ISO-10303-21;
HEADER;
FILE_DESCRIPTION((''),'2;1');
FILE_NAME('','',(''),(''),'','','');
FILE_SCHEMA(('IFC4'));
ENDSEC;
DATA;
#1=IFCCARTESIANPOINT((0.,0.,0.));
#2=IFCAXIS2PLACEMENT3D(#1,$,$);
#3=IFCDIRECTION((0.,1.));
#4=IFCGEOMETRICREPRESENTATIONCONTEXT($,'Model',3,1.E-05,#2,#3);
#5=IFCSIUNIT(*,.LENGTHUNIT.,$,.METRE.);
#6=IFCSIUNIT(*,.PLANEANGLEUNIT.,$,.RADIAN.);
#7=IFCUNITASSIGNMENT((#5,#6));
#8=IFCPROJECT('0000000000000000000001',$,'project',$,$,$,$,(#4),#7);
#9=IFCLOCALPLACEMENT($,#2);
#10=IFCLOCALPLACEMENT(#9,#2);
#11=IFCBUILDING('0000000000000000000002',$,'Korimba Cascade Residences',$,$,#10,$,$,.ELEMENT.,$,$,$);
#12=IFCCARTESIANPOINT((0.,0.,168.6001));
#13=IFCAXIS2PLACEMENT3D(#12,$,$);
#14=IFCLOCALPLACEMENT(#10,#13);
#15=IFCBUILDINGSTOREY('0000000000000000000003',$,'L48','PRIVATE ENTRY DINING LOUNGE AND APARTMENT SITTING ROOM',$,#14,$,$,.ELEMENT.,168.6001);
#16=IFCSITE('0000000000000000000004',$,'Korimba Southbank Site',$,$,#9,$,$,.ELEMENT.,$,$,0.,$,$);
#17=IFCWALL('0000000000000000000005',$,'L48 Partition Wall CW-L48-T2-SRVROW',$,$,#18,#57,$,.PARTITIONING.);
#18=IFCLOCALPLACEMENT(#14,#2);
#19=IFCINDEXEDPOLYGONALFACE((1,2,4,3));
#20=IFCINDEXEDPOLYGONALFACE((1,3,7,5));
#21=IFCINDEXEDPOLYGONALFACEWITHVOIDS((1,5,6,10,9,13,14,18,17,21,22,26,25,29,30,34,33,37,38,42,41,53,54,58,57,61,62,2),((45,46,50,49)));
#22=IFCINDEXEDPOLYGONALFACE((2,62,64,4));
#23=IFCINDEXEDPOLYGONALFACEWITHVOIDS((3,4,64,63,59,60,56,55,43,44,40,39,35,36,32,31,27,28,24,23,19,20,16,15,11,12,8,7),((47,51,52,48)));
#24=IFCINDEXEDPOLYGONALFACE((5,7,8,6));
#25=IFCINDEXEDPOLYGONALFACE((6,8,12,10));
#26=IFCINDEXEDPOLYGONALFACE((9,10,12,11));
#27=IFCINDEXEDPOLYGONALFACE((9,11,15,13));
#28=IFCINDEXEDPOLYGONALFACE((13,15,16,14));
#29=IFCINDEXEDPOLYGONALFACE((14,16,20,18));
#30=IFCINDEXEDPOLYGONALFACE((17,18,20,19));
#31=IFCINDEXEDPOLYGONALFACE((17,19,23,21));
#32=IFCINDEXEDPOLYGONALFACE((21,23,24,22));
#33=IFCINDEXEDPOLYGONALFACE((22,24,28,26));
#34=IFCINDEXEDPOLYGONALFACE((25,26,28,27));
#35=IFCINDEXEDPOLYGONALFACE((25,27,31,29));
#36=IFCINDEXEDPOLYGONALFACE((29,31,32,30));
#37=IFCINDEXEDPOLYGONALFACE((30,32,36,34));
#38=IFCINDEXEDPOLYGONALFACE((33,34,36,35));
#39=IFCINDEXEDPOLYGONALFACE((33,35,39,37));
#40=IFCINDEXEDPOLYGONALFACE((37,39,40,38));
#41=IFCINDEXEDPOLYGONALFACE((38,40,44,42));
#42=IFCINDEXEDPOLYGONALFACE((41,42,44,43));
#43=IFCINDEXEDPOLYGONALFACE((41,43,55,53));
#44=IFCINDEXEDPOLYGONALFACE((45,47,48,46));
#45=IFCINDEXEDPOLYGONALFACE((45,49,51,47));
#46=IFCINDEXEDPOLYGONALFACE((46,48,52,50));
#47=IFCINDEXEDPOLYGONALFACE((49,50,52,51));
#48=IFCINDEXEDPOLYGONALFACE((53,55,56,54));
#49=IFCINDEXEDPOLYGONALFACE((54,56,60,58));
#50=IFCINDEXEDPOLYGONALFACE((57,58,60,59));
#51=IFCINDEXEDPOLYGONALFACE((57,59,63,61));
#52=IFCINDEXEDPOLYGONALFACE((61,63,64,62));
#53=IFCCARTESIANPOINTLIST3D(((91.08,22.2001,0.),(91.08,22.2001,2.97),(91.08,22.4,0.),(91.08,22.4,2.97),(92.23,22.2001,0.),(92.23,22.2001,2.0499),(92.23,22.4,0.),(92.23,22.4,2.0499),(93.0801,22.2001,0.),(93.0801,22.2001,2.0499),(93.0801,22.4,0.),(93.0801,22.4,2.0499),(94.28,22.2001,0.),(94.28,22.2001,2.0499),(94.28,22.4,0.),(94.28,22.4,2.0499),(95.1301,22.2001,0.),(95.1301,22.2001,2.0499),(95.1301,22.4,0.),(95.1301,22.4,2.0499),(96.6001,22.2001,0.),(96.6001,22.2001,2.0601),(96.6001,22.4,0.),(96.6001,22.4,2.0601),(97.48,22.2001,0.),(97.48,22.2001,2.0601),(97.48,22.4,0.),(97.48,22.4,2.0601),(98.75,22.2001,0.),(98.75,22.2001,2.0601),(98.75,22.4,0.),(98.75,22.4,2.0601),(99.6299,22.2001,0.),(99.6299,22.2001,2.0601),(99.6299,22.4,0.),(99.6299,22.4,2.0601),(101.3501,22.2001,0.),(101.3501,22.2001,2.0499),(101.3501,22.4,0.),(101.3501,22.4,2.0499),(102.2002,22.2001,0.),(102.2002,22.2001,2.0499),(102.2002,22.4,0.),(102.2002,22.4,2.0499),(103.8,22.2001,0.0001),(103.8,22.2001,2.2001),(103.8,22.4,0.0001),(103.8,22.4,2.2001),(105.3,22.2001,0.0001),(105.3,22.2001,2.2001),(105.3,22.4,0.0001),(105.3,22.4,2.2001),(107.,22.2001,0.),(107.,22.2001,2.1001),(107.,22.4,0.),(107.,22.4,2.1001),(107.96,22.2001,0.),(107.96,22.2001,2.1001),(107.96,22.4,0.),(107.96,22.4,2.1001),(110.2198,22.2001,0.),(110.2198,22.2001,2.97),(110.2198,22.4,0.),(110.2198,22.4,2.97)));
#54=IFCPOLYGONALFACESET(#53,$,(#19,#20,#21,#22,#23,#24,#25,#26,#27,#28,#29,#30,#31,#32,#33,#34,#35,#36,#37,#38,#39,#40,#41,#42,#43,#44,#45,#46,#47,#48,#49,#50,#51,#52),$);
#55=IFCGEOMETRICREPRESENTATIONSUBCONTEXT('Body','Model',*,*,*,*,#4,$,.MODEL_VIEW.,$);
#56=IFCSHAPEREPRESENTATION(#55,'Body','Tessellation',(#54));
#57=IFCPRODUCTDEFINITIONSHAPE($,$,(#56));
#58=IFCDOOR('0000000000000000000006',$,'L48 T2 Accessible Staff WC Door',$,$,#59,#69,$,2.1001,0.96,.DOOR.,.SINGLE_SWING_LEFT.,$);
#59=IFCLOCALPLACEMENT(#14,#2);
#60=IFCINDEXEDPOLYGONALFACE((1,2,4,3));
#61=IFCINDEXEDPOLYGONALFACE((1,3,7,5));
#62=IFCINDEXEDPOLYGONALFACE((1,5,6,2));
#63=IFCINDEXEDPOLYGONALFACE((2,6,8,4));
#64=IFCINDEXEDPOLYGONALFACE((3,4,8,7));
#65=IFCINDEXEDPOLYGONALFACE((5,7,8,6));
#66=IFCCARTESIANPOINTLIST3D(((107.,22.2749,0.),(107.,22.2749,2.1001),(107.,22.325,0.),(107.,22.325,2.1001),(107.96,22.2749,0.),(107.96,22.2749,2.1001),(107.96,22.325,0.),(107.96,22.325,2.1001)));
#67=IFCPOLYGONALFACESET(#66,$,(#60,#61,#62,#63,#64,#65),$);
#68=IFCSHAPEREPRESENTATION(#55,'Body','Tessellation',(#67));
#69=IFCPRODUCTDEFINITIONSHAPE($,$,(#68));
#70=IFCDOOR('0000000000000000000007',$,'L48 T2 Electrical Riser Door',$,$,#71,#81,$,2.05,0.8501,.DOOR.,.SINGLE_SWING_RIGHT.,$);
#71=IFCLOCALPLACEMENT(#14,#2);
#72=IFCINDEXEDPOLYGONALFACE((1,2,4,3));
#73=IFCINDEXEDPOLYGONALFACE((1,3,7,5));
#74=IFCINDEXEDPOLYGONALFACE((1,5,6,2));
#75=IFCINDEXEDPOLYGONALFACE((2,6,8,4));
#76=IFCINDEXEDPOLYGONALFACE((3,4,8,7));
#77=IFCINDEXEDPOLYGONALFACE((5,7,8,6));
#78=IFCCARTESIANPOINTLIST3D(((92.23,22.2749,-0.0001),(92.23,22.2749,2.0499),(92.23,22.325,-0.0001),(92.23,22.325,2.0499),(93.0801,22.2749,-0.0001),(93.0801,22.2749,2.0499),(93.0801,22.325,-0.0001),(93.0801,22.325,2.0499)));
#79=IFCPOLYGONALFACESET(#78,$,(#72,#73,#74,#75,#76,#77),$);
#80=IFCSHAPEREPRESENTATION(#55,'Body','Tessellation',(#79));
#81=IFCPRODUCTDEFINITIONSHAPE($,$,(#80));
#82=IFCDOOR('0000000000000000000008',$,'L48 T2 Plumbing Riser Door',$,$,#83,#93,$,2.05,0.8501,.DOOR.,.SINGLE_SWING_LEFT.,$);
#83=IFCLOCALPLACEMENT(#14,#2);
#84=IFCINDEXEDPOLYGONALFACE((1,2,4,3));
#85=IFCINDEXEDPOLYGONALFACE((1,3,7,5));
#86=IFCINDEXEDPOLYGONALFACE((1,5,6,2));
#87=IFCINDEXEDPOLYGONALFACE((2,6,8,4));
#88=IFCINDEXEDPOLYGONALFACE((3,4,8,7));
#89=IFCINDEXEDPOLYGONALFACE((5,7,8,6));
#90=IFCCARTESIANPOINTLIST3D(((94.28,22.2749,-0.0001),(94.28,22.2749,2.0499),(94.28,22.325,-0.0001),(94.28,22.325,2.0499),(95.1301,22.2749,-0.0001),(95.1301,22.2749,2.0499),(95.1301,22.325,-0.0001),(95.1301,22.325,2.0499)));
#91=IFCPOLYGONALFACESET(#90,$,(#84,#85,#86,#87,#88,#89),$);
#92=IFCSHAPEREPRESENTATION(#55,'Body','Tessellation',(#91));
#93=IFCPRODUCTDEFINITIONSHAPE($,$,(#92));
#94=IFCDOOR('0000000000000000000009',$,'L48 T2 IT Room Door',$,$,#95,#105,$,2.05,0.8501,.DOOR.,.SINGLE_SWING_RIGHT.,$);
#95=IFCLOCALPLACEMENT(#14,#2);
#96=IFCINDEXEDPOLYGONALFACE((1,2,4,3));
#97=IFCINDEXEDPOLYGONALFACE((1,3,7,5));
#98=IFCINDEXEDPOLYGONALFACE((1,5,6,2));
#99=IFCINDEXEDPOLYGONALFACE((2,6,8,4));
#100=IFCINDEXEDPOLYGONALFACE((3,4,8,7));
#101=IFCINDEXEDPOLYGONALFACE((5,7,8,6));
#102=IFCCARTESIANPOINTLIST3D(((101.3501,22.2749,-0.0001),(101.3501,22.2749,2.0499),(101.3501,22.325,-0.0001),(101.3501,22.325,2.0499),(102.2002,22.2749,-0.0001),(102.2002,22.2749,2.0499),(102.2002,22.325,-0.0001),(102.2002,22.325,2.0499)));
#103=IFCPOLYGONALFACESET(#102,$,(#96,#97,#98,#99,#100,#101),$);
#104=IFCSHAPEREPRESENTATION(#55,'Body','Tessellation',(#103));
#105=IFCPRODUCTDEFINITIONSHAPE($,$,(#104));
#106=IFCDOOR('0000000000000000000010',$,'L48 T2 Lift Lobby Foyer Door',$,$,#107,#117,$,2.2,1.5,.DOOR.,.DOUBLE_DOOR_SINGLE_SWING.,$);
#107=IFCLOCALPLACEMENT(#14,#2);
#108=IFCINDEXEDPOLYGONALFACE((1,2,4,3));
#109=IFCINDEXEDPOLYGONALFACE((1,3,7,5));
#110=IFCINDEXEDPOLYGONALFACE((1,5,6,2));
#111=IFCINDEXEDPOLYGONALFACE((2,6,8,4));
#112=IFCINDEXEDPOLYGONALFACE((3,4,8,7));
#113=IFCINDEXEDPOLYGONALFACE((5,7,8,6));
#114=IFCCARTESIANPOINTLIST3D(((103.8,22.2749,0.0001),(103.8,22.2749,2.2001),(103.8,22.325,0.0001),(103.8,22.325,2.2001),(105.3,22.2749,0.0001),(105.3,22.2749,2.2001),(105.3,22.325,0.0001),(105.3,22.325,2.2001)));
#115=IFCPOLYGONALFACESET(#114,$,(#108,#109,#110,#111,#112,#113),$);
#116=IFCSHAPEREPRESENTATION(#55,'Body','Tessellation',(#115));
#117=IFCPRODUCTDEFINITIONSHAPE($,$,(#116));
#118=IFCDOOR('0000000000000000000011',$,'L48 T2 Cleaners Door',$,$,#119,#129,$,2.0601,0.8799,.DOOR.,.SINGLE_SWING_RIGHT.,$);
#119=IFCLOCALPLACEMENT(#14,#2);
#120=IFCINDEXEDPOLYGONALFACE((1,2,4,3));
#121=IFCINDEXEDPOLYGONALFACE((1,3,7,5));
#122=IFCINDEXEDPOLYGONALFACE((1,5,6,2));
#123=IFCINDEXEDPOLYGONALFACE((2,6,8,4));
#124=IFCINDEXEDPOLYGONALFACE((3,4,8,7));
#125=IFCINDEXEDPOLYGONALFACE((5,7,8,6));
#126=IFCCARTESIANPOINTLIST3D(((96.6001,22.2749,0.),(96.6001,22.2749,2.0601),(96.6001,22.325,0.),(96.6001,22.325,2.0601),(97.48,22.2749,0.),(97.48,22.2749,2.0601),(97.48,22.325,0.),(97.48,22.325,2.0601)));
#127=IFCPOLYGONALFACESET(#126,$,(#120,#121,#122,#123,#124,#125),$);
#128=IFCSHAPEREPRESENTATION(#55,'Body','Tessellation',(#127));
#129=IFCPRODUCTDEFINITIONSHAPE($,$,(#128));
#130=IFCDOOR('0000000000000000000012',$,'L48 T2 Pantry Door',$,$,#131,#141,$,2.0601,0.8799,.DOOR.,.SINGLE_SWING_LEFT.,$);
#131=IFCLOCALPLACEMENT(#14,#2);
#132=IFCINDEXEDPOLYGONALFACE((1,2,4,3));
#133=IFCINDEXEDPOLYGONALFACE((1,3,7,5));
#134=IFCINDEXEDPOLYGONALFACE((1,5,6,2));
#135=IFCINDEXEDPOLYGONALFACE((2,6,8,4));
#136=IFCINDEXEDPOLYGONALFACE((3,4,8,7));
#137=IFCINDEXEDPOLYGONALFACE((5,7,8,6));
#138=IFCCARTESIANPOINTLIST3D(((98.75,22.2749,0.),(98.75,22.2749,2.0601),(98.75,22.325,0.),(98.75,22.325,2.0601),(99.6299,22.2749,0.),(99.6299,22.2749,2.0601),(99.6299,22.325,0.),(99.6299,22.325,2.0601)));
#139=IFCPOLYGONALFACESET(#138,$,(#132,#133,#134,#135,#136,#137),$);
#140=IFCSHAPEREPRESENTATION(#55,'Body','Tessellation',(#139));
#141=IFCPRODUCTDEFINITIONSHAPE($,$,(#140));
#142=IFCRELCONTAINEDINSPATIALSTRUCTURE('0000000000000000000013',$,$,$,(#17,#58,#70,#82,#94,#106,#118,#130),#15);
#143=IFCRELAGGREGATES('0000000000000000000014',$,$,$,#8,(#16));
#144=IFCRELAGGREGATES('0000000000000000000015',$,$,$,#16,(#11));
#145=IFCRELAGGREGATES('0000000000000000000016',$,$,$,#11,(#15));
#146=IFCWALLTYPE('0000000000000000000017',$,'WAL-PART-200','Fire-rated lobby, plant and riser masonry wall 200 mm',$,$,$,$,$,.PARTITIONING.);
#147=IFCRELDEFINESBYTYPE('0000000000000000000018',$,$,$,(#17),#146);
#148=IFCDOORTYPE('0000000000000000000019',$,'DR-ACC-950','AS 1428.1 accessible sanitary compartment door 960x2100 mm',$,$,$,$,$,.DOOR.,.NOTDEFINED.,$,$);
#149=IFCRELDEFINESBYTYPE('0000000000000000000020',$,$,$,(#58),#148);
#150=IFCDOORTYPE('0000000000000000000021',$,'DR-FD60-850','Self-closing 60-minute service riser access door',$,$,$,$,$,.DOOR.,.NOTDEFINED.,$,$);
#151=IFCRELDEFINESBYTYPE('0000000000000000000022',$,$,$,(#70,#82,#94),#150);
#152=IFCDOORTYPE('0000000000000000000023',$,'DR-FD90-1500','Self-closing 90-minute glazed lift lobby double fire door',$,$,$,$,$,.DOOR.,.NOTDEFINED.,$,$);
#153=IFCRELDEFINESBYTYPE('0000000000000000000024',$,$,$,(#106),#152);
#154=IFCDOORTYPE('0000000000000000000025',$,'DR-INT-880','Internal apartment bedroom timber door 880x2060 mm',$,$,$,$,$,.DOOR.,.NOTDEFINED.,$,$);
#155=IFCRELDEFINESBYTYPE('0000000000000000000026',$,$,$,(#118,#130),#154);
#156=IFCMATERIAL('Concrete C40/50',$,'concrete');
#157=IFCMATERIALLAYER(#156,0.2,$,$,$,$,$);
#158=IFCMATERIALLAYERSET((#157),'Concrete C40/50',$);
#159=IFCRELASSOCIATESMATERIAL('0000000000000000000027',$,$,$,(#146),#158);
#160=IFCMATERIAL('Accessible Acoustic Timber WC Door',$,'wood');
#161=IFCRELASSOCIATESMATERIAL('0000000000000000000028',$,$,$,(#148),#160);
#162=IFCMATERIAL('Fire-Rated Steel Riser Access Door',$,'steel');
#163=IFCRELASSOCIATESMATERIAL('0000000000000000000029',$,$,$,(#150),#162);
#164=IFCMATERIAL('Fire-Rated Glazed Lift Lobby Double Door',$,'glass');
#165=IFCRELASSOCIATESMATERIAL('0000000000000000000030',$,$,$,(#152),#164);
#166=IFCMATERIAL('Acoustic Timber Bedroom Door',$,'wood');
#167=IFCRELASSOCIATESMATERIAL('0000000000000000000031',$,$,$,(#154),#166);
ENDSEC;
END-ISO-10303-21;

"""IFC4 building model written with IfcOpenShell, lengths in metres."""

from ifc_helpers import new_model, si_unit, direction, frame, frame_2d, origin, place, context, subcontext, project, spatial, rectangle, extrude, material, layer, layer_set, type_object, element, fill, save


model = new_model("IFC4")

# Units and contexts
model_context = context("Model", 3, precision=1e-05, world=origin(), true_north=direction((0.0, 1.0)))
body_context = subcontext(model_context, "Body", "Model", "MODEL_VIEW")
ifc_project = project(units=[si_unit("LENGTHUNIT", "METRE"), si_unit("PLANEANGLEUNIT", "RADIAN")], contexts=[model_context])

# Site, building, storey
site_placement = place(None, origin())
site = spatial("IfcSite", under=ifc_project, at=site_placement, Name="Korimba Southbank Site", CompositionType="ELEMENT", RefElevation=0.0)
building_placement = place(site_placement, origin())
building = spatial("IfcBuilding", under=site, at=building_placement, Name="Korimba Cascade Residences", CompositionType="ELEMENT")
storey_placement = place(building_placement, frame((0.0, 0.0, 168.6001)))
storey = spatial("IfcBuildingStorey", under=building, at=storey_placement, Name="L48", Description="PRIVATE ENTRY DINING LOUNGE AND APARTMENT SITTING ROOM", CompositionType="ELEMENT", Elevation=168.6001)

# Shared definitions
ifc_material_1 = material(Name="Concrete C40/50", Category="concrete")
ifc_layer_1 = layer(ifc_material_1, 0.2)
ifc_layer_set_1 = layer_set([ifc_layer_1], Name="Concrete C40/50")
wall_type_1 = type_object("IfcWallType", Name="WAL-PART-200", Description="Fire-rated lobby, plant and riser masonry wall 200 mm", PredefinedType="PARTITIONING", material=ifc_layer_set_1)

# Wall, openings, doors
wall_1_placement = place(storey_placement, frame((91.0801, 22.3, 0.0), z_axis=(0.0, 0.0, 1.0), x_axis=(1.0, 0.0, 0.0)))
wall_1 = element("IfcWall", 1, at=wall_1_placement, inside=storey, type_object=wall_type_1, Name="L48 Partition Wall CW-L48-T2-SRVROW", PredefinedType="PARTITIONING", context=body_context, shape_type="SweptSolid", body=[
    extrude(rectangle(XDim=19.1399, YDim=0.2, at=frame_2d((9.5698, 0.0))), origin(), (0.0, 0.0, 1.0), 2.97),
])
opening_1_placement = place(wall_1_placement, frame((1.1499, 0.0, 0.0)))
opening_1 = element("IfcOpeningElement", 2, at=opening_1_placement, cuts=wall_1, PredefinedType="OPENING", context=body_context, shape_type="SweptSolid", body=[
    extrude(rectangle(XDim=0.8501, YDim=2.05, at=frame_2d((0.425, 1.0249))), frame((0.0, 0.1099, 0.0), z_axis=(0.0, -1.0, 0.0), x_axis=(1.0, 0.0, 0.0)), (0.0, 0.0, 1.0), 0.22),
])
opening_2_placement = place(wall_1_placement, frame((3.2, 0.0, 0.0)))
opening_2 = element("IfcOpeningElement", 3, at=opening_2_placement, cuts=wall_1, PredefinedType="OPENING", context=body_context, shape_type="SweptSolid", body=[
    extrude(rectangle(XDim=0.8501, YDim=2.05, at=frame_2d((0.425, 1.0249))), frame((0.0, 0.1099, 0.0), z_axis=(0.0, -1.0, 0.0), x_axis=(1.0, 0.0, 0.0)), (0.0, 0.0, 1.0), 0.22),
])
opening_3_placement = place(wall_1_placement, frame((12.72, 0.0, 0.0)))
opening_3 = element("IfcOpeningElement", 4, at=opening_3_placement, cuts=wall_1, PredefinedType="OPENING", context=body_context, shape_type="SweptSolid", body=[
    extrude(rectangle(XDim=1.5, YDim=2.2, at=frame_2d((0.75, 1.1001))), frame((0.0, 0.1099, 0.0), z_axis=(0.0, -1.0, 0.0), x_axis=(1.0, 0.0, 0.0)), (0.0, 0.0, 1.0), 0.22),
])
opening_4_placement = place(wall_1_placement, frame((5.52, 0.0, 0.0)))
opening_4 = element("IfcOpeningElement", 5, at=opening_4_placement, cuts=wall_1, PredefinedType="OPENING", context=body_context, shape_type="SweptSolid", body=[
    extrude(rectangle(XDim=0.8799, YDim=2.0601, at=frame_2d((0.4399, 1.03))), frame((0.0, 0.1099, 0.0), z_axis=(0.0, -1.0, 0.0), x_axis=(1.0, 0.0, 0.0)), (0.0, 0.0, 1.0), 0.22),
])
opening_5_placement = place(wall_1_placement, frame((7.6699, 0.0, 0.0)))
opening_5 = element("IfcOpeningElement", 6, at=opening_5_placement, cuts=wall_1, PredefinedType="OPENING", context=body_context, shape_type="SweptSolid", body=[
    extrude(rectangle(XDim=0.8799, YDim=2.0601, at=frame_2d((0.4399, 1.03))), frame((0.0, 0.1099, 0.0), z_axis=(0.0, -1.0, 0.0), x_axis=(1.0, 0.0, 0.0)), (0.0, 0.0, 1.0), 0.22),
])
opening_6_placement = place(wall_1_placement, frame((10.27, 0.0, 0.0)))
opening_6 = element("IfcOpeningElement", 7, at=opening_6_placement, cuts=wall_1, PredefinedType="OPENING", context=body_context, shape_type="SweptSolid", body=[
    extrude(rectangle(XDim=0.8501, YDim=2.05, at=frame_2d((0.425, 1.0249))), frame((0.0, 0.1099, 0.0), z_axis=(0.0, -1.0, 0.0), x_axis=(1.0, 0.0, 0.0)), (0.0, 0.0, 1.0), 0.22),
])
opening_7_placement = place(wall_1_placement, frame((15.9199, 0.0, 0.0)))
opening_7 = element("IfcOpeningElement", 8, at=opening_7_placement, cuts=wall_1, PredefinedType="OPENING", context=body_context, shape_type="SweptSolid", body=[
    extrude(rectangle(XDim=0.96, YDim=2.1001, at=frame_2d((0.48, 1.05))), frame((0.0, 0.1099, 0.0), z_axis=(0.0, -1.0, 0.0), x_axis=(1.0, 0.0, 0.0)), (0.0, 0.0, 1.0), 0.22),
])
ifc_material_2 = material(Name="Accessible Acoustic Timber WC Door", Category="wood")
door_type_1 = type_object("IfcDoorType", Name="DR-ACC-950", Description="AS 1428.1 accessible sanitary compartment door 960x2100 mm", OperationType="NOTDEFINED", PredefinedType="DOOR", material=ifc_material_2)
door_1_placement = place(opening_7_placement, origin())
door_1 = element("IfcDoor", 9, at=door_1_placement, inside=storey, type_object=door_type_1, Name="L48 T2 Accessible Staff WC Door", OperationType="SINGLE_SWING_LEFT", OverallHeight=2.1001, OverallWidth=0.96, PredefinedType="DOOR", context=body_context, shape_type="SweptSolid", body=[
    extrude(rectangle(XDim=0.96, YDim=2.1001, at=frame_2d((0.48, 1.05))), frame((0.0, 0.0249, 0.0), z_axis=(0.0, -1.0, 0.0), x_axis=(1.0, 0.0, 0.0)), (0.0, 0.0, 1.0), 0.05),
])
fill(opening_7, door_1)
ifc_material_3 = material(Name="Fire-Rated Steel Riser Access Door", Category="steel")
door_type_2 = type_object("IfcDoorType", Name="DR-FD60-850", Description="Self-closing 60-minute service riser access door", OperationType="NOTDEFINED", PredefinedType="DOOR", material=ifc_material_3)
door_2_placement = place(opening_1_placement, origin())
door_2 = element("IfcDoor", 10, at=door_2_placement, inside=storey, type_object=door_type_2, Name="L48 T2 Electrical Riser Door", OperationType="SINGLE_SWING_RIGHT", OverallHeight=2.05, OverallWidth=0.8501, PredefinedType="DOOR", context=body_context, shape_type="SweptSolid", body=[
    extrude(rectangle(XDim=0.8501, YDim=2.05, at=frame_2d((0.425, 1.0249))), frame((0.0, 0.0249, 0.0), z_axis=(0.0, -1.0, 0.0), x_axis=(1.0, 0.0, 0.0)), (0.0, 0.0, 1.0), 0.05),
])
fill(opening_1, door_2)
door_3_placement = place(opening_2_placement, origin())
door_3 = element("IfcDoor", 11, at=door_3_placement, inside=storey, type_object=door_type_2, Name="L48 T2 Plumbing Riser Door", OperationType="SINGLE_SWING_LEFT", OverallHeight=2.05, OverallWidth=0.8501, PredefinedType="DOOR", context=body_context, shape_type="SweptSolid", body=[
    extrude(rectangle(XDim=0.8501, YDim=2.05, at=frame_2d((0.425, 1.0249))), frame((0.0, 0.0249, 0.0), z_axis=(0.0, -1.0, 0.0), x_axis=(1.0, 0.0, 0.0)), (0.0, 0.0, 1.0), 0.05),
])
fill(opening_2, door_3)
door_4_placement = place(opening_6_placement, origin())
door_4 = element("IfcDoor", 12, at=door_4_placement, inside=storey, type_object=door_type_2, Name="L48 T2 IT Room Door", OperationType="SINGLE_SWING_RIGHT", OverallHeight=2.05, OverallWidth=0.8501, PredefinedType="DOOR", context=body_context, shape_type="SweptSolid", body=[
    extrude(rectangle(XDim=0.8501, YDim=2.05, at=frame_2d((0.425, 1.0249))), frame((0.0, 0.0249, 0.0), z_axis=(0.0, -1.0, 0.0), x_axis=(1.0, 0.0, 0.0)), (0.0, 0.0, 1.0), 0.05),
])
fill(opening_6, door_4)
ifc_material_4 = material(Name="Fire-Rated Glazed Lift Lobby Double Door", Category="glass")
door_type_3 = type_object("IfcDoorType", Name="DR-FD90-1500", Description="Self-closing 90-minute glazed lift lobby double fire door", OperationType="NOTDEFINED", PredefinedType="DOOR", material=ifc_material_4)
door_5_placement = place(opening_3_placement, origin())
door_5 = element("IfcDoor", 13, at=door_5_placement, inside=storey, type_object=door_type_3, Name="L48 T2 Lift Lobby Foyer Door", OperationType="DOUBLE_DOOR_SINGLE_SWING", OverallHeight=2.2, OverallWidth=1.5, PredefinedType="DOOR", context=body_context, shape_type="SweptSolid", body=[
    extrude(rectangle(XDim=1.5, YDim=2.2, at=frame_2d((0.75, 1.1001))), frame((0.0, 0.0249, 0.0), z_axis=(0.0, -1.0, 0.0), x_axis=(1.0, 0.0, 0.0)), (0.0, 0.0, 1.0), 0.05),
])
fill(opening_3, door_5)
ifc_material_5 = material(Name="Acoustic Timber Bedroom Door", Category="wood")
door_type_4 = type_object("IfcDoorType", Name="DR-INT-880", Description="Internal apartment bedroom timber door 880x2060 mm", OperationType="NOTDEFINED", PredefinedType="DOOR", material=ifc_material_5)
door_6_placement = place(opening_4_placement, origin())
door_6 = element("IfcDoor", 14, at=door_6_placement, inside=storey, type_object=door_type_4, Name="L48 T2 Cleaners Door", OperationType="SINGLE_SWING_RIGHT", OverallHeight=2.0601, OverallWidth=0.8799, PredefinedType="DOOR", context=body_context, shape_type="SweptSolid", body=[
    extrude(rectangle(XDim=0.8799, YDim=2.0601, at=frame_2d((0.4399, 1.03))), frame((0.0, 0.0249, 0.0), z_axis=(0.0, -1.0, 0.0), x_axis=(1.0, 0.0, 0.0)), (0.0, 0.0, 1.0), 0.05),
])
fill(opening_4, door_6)
door_7_placement = place(opening_5_placement, origin())
door_7 = element("IfcDoor", 15, at=door_7_placement, inside=storey, type_object=door_type_4, Name="L48 T2 Pantry Door", OperationType="SINGLE_SWING_LEFT", OverallHeight=2.0601, OverallWidth=0.8799, PredefinedType="DOOR", context=body_context, shape_type="SweptSolid", body=[
    extrude(rectangle(XDim=0.8799, YDim=2.0601, at=frame_2d((0.4399, 1.03))), frame((0.0, 0.0249, 0.0), z_axis=(0.0, -1.0, 0.0), x_axis=(1.0, 0.0, 0.0)), (0.0, 0.0, 1.0), 0.05),
])
fill(opening_5, door_7)

save(model, "model.ifc")
